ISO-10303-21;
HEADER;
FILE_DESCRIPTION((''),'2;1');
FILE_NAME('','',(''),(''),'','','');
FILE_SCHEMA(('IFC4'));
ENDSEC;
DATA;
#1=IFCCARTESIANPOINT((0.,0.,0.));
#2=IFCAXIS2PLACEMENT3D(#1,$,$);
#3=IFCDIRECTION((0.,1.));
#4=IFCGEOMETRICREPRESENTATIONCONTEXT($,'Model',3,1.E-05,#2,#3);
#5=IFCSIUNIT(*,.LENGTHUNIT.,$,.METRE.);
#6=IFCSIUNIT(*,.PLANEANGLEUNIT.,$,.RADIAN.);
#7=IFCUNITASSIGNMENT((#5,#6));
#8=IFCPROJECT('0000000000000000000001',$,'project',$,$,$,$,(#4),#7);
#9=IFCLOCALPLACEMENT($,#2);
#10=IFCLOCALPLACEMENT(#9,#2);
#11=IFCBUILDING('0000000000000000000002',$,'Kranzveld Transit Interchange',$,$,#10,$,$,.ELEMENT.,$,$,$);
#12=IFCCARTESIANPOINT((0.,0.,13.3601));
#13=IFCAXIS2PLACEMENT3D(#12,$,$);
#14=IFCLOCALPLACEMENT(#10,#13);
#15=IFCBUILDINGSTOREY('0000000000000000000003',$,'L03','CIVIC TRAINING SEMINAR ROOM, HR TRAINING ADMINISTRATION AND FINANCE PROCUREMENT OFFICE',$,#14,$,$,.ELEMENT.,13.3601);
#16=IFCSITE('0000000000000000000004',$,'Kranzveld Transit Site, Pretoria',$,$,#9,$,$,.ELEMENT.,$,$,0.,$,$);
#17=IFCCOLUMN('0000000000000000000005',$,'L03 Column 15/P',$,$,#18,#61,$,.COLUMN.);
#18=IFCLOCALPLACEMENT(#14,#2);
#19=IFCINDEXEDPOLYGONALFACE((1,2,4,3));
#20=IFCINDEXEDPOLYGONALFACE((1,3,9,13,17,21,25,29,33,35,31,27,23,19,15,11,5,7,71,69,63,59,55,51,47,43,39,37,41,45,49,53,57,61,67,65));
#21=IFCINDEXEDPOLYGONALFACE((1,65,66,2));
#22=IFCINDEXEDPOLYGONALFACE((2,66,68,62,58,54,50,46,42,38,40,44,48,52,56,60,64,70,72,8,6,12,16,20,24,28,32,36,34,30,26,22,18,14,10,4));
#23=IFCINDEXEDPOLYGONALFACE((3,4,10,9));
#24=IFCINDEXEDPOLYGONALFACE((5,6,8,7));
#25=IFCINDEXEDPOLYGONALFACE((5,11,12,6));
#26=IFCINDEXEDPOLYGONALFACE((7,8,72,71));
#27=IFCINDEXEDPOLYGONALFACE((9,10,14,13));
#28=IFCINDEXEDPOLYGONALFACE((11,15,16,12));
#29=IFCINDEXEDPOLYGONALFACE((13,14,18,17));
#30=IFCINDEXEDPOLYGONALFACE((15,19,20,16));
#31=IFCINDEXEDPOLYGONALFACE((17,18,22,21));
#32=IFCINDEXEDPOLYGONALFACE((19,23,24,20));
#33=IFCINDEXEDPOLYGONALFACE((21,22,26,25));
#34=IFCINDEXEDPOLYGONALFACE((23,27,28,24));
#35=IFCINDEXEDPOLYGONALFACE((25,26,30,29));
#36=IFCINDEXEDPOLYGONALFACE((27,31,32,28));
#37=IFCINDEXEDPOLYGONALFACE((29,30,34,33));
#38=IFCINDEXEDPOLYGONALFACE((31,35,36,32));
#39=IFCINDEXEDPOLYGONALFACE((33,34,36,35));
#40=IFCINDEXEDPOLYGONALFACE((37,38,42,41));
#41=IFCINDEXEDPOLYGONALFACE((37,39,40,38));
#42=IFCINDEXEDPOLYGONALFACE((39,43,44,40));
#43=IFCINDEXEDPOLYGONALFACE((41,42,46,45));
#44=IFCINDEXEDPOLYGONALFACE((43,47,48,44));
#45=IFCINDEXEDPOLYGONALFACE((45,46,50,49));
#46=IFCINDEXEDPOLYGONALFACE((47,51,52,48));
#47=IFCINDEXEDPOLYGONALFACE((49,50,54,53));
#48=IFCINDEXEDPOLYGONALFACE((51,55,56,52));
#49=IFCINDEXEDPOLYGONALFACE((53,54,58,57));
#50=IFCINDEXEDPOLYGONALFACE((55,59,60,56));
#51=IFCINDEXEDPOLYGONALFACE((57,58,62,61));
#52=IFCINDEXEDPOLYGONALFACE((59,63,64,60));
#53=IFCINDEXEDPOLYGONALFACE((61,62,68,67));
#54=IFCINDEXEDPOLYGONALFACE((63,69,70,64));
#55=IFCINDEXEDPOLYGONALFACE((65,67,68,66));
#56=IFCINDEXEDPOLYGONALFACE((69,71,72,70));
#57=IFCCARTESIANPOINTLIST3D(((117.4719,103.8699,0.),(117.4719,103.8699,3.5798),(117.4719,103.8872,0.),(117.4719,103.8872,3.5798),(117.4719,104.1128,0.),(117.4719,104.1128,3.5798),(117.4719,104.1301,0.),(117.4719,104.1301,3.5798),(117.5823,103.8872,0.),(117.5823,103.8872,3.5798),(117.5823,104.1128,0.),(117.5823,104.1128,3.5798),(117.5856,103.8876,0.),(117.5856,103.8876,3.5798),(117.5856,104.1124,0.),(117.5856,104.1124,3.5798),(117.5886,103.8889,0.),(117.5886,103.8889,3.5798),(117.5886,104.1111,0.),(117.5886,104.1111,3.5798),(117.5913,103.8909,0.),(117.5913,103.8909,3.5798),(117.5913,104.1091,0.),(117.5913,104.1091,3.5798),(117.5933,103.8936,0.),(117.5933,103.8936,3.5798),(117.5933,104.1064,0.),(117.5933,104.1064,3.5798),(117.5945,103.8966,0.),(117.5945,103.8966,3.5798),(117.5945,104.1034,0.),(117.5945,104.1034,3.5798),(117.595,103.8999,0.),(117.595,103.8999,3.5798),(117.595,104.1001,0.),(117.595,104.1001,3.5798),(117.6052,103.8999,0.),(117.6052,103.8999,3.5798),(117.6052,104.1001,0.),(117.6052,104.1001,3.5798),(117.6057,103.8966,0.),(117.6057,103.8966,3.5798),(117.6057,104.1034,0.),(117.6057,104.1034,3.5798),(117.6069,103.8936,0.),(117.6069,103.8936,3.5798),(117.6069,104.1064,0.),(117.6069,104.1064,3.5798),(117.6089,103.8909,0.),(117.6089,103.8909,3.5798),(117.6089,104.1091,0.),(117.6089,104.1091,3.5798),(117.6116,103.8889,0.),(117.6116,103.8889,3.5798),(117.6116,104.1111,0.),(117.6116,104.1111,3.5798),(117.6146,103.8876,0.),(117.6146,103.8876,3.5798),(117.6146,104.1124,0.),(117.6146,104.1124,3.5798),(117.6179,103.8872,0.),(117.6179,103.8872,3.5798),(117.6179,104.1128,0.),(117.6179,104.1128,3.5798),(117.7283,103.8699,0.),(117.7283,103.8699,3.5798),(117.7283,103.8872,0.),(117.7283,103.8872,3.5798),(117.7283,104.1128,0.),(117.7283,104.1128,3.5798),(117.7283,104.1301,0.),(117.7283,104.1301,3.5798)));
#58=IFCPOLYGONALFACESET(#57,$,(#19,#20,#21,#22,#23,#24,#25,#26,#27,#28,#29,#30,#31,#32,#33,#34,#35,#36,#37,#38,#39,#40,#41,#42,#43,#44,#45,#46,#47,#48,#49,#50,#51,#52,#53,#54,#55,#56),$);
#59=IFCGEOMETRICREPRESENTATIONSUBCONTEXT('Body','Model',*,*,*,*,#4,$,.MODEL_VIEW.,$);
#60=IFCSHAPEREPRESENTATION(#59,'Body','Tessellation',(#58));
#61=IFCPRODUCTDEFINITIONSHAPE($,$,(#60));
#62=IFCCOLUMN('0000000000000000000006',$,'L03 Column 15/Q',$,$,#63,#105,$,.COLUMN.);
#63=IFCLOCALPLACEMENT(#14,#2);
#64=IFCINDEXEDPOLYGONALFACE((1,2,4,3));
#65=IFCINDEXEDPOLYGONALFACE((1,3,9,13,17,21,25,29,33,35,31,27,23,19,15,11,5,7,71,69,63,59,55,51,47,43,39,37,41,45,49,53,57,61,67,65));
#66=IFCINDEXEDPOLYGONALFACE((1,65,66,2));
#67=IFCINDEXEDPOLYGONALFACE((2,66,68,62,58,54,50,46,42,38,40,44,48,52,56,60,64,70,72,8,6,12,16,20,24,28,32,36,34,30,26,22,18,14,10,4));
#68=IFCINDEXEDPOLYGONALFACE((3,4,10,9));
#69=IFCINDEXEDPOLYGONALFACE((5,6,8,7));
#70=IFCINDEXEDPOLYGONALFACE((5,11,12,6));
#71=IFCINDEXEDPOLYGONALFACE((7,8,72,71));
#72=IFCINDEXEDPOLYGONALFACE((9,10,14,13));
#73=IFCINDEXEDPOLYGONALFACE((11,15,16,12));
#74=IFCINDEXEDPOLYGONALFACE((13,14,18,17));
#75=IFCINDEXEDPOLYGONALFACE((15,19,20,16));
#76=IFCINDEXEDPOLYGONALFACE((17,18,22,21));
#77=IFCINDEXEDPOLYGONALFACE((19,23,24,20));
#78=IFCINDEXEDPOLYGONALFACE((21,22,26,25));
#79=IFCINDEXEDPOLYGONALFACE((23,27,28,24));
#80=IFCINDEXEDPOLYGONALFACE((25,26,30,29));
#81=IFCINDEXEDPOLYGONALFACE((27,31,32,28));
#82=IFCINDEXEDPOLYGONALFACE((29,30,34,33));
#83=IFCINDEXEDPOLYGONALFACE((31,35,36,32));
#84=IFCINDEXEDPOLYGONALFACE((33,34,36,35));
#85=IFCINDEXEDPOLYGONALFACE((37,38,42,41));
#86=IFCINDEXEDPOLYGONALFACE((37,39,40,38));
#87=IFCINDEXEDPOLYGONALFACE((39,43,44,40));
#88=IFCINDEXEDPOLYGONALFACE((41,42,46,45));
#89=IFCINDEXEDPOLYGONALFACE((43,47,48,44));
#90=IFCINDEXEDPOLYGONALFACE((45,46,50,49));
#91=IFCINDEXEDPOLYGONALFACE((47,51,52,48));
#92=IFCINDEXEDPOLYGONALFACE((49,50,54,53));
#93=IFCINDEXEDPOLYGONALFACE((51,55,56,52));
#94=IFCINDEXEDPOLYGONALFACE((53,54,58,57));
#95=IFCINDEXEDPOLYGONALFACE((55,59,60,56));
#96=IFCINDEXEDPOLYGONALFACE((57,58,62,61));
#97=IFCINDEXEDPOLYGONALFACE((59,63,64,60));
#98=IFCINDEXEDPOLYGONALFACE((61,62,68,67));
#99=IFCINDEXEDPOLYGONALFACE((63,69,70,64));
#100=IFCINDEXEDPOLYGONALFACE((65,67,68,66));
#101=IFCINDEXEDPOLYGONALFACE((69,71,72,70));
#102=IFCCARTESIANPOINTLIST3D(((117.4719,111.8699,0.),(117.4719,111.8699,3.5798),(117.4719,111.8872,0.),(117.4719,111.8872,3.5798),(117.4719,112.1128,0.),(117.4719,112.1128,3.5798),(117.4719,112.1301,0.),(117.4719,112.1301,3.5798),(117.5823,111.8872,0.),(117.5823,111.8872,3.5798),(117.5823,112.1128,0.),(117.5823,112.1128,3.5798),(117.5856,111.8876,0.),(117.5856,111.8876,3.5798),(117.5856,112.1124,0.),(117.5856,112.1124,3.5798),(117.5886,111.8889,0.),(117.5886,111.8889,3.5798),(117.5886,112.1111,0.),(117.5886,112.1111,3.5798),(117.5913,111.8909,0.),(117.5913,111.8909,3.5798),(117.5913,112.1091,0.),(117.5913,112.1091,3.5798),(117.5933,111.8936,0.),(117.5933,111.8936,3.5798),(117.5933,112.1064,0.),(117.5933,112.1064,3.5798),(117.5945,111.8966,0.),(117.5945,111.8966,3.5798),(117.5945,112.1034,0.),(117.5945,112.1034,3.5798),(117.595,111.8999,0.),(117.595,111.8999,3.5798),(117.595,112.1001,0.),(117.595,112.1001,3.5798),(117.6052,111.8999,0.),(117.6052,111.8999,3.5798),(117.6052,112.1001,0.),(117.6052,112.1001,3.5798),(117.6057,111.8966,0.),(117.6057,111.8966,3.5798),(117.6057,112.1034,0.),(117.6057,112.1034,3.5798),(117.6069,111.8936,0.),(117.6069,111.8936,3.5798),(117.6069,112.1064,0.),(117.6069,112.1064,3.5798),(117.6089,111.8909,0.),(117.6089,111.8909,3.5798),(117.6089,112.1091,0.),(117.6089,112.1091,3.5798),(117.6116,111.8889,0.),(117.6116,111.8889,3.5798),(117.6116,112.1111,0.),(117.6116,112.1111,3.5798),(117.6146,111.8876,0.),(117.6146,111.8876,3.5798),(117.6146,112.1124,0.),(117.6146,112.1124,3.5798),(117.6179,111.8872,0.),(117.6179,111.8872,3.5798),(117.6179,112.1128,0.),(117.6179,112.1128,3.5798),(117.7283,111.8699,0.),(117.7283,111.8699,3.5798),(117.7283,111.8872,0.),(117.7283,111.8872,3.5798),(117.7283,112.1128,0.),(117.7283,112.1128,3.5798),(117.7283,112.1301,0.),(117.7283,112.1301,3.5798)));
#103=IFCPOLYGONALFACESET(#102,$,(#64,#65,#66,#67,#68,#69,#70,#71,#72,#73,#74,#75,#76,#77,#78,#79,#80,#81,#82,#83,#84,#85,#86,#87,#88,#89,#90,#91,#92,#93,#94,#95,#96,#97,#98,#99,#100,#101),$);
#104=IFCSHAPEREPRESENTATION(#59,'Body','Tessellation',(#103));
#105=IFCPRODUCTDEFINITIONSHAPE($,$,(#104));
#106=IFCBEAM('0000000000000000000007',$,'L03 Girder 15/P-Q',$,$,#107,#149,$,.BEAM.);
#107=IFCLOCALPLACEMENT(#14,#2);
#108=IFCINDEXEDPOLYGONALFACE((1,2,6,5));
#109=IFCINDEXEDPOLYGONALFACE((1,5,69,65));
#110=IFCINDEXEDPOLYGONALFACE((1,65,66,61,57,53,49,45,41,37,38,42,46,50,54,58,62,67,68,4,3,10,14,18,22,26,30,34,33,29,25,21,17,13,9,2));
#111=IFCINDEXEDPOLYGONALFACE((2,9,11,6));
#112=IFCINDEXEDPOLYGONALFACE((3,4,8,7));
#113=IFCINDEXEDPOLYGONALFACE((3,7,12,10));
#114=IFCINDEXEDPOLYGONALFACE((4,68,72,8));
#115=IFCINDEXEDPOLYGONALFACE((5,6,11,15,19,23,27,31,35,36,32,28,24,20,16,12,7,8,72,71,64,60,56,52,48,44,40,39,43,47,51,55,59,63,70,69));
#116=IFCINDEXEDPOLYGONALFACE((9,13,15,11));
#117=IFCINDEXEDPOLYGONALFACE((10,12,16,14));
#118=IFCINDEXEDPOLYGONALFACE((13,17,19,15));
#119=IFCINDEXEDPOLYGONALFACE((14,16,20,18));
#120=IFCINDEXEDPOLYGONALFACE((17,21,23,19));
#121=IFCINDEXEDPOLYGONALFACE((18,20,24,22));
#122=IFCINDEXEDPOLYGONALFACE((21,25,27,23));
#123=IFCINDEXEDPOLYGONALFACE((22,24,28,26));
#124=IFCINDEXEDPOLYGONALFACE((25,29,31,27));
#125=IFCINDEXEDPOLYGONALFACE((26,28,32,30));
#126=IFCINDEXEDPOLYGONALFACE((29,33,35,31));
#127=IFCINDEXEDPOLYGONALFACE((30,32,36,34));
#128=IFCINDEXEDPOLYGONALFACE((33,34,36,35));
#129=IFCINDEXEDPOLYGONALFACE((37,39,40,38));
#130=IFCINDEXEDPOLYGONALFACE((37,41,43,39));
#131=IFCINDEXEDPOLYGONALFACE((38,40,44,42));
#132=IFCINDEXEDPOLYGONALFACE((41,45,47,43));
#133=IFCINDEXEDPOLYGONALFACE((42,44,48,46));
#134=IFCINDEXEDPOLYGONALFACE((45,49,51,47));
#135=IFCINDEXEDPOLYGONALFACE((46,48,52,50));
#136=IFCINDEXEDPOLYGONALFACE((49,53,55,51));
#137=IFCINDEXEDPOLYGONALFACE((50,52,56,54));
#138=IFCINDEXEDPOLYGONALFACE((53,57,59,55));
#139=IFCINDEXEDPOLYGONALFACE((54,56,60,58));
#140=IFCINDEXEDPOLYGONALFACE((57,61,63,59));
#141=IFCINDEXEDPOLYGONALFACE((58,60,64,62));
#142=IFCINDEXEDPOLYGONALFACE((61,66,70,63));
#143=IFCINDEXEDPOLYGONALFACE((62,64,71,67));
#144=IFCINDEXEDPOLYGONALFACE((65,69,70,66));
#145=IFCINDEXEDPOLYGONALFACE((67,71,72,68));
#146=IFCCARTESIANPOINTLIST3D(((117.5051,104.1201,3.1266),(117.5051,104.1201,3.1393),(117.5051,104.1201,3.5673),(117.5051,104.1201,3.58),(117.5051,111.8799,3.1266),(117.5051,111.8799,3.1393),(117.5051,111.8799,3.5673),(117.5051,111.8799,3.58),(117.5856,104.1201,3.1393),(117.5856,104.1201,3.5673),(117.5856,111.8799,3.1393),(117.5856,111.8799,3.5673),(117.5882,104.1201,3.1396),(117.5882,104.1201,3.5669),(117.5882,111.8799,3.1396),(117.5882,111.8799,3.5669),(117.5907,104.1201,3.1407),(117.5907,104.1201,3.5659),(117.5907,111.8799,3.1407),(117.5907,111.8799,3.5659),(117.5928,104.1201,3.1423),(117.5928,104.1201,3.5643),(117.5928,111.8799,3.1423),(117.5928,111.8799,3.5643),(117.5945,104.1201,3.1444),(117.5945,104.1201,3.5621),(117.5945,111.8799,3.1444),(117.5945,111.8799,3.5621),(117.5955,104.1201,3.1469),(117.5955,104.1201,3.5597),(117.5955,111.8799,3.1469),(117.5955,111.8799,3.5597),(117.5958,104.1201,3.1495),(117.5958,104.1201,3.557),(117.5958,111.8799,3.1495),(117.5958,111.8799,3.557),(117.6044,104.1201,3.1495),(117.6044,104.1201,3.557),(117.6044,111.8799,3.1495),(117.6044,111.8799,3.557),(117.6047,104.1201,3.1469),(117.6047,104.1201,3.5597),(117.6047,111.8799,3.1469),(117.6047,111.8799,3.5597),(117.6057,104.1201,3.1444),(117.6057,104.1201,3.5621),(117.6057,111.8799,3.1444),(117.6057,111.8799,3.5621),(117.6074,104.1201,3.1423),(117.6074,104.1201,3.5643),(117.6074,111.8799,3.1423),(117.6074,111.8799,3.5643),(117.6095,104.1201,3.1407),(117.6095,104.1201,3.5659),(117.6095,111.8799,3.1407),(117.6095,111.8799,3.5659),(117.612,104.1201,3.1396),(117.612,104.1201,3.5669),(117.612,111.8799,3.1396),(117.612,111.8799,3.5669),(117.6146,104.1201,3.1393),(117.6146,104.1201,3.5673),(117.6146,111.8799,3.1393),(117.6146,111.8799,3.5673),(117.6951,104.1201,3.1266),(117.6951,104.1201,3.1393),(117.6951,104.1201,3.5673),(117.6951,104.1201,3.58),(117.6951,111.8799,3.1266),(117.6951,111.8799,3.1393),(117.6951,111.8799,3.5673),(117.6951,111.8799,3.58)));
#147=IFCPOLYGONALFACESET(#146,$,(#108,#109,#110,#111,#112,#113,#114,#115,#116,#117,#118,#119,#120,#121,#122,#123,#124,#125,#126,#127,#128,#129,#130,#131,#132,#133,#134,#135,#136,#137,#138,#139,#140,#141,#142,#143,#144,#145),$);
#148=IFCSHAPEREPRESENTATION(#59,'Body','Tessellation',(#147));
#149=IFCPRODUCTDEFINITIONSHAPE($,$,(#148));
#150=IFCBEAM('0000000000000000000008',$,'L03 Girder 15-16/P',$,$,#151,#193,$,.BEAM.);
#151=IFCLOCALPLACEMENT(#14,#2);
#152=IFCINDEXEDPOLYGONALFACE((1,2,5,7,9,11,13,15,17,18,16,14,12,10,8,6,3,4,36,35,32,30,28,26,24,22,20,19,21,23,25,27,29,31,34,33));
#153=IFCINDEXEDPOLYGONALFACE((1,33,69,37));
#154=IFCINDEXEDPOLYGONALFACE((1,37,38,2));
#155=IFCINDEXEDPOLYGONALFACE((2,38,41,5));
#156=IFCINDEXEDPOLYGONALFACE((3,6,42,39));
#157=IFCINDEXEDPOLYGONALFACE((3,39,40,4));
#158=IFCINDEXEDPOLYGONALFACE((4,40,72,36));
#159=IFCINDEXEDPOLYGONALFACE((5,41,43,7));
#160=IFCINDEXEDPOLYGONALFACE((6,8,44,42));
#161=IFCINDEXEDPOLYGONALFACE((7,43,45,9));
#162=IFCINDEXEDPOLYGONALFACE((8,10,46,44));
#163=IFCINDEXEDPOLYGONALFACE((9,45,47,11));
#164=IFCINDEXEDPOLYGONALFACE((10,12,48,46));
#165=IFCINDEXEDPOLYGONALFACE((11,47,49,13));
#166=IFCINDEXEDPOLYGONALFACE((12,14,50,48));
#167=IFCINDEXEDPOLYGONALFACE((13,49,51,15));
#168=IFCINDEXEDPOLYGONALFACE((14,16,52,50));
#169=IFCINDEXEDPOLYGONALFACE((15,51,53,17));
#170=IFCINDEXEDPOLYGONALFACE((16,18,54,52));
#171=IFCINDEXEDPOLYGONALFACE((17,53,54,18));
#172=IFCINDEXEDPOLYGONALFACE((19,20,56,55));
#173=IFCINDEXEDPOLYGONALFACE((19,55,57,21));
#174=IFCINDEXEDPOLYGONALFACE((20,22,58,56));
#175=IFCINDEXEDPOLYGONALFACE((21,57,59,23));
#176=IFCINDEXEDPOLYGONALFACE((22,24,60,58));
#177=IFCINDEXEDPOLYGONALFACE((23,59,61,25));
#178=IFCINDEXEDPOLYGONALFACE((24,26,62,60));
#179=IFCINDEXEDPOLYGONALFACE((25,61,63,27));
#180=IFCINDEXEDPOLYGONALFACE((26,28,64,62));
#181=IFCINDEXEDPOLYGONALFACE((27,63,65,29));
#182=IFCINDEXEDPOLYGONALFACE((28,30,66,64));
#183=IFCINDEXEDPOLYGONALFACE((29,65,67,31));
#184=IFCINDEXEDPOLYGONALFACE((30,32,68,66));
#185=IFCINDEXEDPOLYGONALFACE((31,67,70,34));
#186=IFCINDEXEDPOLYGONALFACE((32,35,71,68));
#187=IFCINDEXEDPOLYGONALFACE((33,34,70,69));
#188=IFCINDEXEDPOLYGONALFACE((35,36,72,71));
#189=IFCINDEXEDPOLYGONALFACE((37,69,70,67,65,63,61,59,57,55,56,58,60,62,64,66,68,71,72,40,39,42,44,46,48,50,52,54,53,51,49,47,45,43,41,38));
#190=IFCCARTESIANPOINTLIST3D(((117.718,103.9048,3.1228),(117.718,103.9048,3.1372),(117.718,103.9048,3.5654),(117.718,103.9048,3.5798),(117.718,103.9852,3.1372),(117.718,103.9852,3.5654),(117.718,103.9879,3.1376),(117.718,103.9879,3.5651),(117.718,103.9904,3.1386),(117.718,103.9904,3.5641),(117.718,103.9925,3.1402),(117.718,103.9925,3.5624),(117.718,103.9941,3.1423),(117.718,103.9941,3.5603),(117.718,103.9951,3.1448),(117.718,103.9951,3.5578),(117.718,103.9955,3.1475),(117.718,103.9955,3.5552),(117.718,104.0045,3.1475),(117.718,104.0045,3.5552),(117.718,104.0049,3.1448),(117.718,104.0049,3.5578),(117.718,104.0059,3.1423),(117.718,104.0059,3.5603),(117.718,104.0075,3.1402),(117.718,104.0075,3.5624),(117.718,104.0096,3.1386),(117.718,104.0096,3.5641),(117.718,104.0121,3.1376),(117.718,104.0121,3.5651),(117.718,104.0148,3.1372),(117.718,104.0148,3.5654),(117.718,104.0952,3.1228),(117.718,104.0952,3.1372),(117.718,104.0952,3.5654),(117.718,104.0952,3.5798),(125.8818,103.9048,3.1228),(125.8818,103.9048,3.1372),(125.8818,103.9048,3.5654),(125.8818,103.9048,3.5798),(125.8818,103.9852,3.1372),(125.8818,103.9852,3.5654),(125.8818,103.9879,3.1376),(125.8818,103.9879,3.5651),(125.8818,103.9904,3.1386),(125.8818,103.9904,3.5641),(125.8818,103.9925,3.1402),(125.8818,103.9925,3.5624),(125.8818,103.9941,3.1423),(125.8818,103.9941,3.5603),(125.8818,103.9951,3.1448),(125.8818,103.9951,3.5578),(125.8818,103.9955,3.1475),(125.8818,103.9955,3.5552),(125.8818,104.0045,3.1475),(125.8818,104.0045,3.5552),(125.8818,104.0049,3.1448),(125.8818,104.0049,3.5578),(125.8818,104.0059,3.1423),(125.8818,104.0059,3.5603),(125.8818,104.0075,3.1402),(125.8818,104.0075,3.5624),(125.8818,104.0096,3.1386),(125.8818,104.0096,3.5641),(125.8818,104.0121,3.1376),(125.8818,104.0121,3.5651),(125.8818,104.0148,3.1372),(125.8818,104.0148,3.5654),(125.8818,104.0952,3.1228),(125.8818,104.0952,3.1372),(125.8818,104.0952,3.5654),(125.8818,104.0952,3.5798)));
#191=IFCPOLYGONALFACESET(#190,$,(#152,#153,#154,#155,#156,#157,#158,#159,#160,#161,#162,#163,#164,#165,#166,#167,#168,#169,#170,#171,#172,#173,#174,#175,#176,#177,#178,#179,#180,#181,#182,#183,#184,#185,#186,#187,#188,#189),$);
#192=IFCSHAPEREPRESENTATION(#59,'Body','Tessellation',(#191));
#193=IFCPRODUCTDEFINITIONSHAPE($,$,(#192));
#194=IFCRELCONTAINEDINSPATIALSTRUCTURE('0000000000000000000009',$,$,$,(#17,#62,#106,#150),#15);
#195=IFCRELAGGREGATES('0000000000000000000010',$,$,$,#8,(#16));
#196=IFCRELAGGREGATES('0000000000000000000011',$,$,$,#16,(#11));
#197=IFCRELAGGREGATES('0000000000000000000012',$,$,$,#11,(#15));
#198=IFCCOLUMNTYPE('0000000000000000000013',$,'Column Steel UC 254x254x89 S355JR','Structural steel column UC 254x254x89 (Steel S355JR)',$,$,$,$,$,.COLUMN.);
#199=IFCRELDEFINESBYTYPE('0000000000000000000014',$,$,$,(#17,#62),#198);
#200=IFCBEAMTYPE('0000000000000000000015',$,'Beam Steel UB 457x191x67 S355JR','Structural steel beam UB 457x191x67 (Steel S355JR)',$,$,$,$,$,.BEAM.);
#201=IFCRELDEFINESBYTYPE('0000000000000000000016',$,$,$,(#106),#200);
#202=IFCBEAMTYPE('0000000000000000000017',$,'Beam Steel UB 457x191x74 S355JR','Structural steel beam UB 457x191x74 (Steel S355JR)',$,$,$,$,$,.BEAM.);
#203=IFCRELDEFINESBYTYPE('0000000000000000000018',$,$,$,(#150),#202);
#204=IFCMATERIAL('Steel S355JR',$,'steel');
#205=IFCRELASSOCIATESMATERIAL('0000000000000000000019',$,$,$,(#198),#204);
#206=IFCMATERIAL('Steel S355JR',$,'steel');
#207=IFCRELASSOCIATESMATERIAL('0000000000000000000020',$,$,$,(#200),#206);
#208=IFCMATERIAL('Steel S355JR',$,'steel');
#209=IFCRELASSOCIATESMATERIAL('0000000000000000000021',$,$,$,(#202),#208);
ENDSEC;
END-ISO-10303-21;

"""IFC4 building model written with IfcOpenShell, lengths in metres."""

from ifc_helpers import new_model, si_unit, direction, frame, origin, origin_2d, place, context, subcontext, project, spatial, i_section, extrude, material, material_profile, profile_set, type_object, element, save


model = new_model("IFC4")

# Units and contexts
model_context = context("Model", 3, precision=1e-05, world=origin(), true_north=direction((0.0, 1.0)))
body_context = subcontext(model_context, "Body", "Model", "MODEL_VIEW")
ifc_project = project(units=[si_unit("LENGTHUNIT", "METRE"), si_unit("PLANEANGLEUNIT", "RADIAN")], contexts=[model_context])

# Site, building, storey
site_placement = place(None, origin())
site = spatial("IfcSite", under=ifc_project, at=site_placement, Name="Kranzveld Transit Site, Pretoria", CompositionType="ELEMENT", RefElevation=0.0)
building_placement = place(site_placement, origin())
building = spatial("IfcBuilding", under=site, at=building_placement, Name="Kranzveld Transit Interchange", CompositionType="ELEMENT")
storey_placement = place(building_placement, frame((0.0, 0.0, 13.3601)))
storey = spatial("IfcBuildingStorey", under=building, at=storey_placement, Name="L03", Description="CIVIC TRAINING SEMINAR ROOM, HR TRAINING ADMINISTRATION AND FINANCE PROCUREMENT OFFICE", CompositionType="ELEMENT", Elevation=13.3601)

# Columns
ifc_material_1 = material(Name="Steel S355JR", Category="steel")
ifc_material_profile_1 = material_profile(ifc_material_1, i_section(OverallWidth=0.2563, OverallDepth=0.2603, WebThickness=0.0103, FlangeThickness=0.0173, FilletRadius=0.0127, at=origin_2d()), Name="UC 254x254x89")
ifc_profile_set_1 = profile_set([ifc_material_profile_1], Name="Steel S355JR")
column_type = type_object("IfcColumnType", Name="Column Steel UC 254x254x89 S355JR", Description="Structural steel column UC 254x254x89 (Steel S355JR)", PredefinedType="COLUMN", material=ifc_profile_set_1)
for number, where, z_axis, x_axis, name in (
    (1, (117.6001, 104.0, 0.0), (0.0, 0.0, 1.0), (1.0, 0.0, 0.0), "L03 Column 15/P"),
    (2, (117.6001, 112.0, 0.0), (0.0, 0.0, 1.0), (1.0, 0.0, 0.0), "L03 Column 15/Q"),
):
    element("IfcColumn", number, at=place(storey_placement, frame(where, z_axis=z_axis, x_axis=x_axis)), inside=storey, type_object=column_type, Name=name, PredefinedType="COLUMN", context=body_context, shape_type="SweptSolid", body=[
        extrude(i_section(OverallWidth=0.2563, OverallDepth=0.2603, WebThickness=0.0103, FlangeThickness=0.0173, FilletRadius=0.0127, at=origin_2d()), origin(), (0.0, 0.0, 1.0), 3.5798),
    ])

# Beams
ifc_material_2 = material(Name="Steel S355JR", Category="steel")
ifc_material_profile_2 = material_profile(ifc_material_2, i_section(OverallWidth=0.1899, OverallDepth=0.4534, WebThickness=0.0085, FlangeThickness=0.0127, FilletRadius=0.0103, at=origin_2d()), Name="UB 457x191x67")
ifc_profile_set_2 = profile_set([ifc_material_profile_2], Name="Steel S355JR")
beam_type_1 = type_object("IfcBeamType", Name="Beam Steel UB 457x191x67 S355JR", Description="Structural steel beam UB 457x191x67 (Steel S355JR)", PredefinedType="BEAM", material=ifc_profile_set_2)
beam_1_placement = place(storey_placement, frame((117.6001, 104.1201, 3.3533), z_axis=(0.0, 1.0, 0.0), x_axis=(-1.0, 0.0, 0.0)))
element("IfcBeam", 3, at=beam_1_placement, inside=storey, type_object=beam_type_1, Name="L03 Girder 15/P-Q", PredefinedType="BEAM", context=body_context, shape_type="SweptSolid", body=[
    extrude(i_section(OverallWidth=0.1899, OverallDepth=0.4534, WebThickness=0.0085, FlangeThickness=0.0127, FilletRadius=0.0103, at=origin_2d()), origin(), (0.0, 0.0, 1.0), 7.7598),
])
ifc_material_3 = material(Name="Steel S355JR", Category="steel")
ifc_material_profile_3 = material_profile(ifc_material_3, i_section(OverallWidth=0.1904, OverallDepth=0.457, WebThickness=0.009, FlangeThickness=0.0144, FilletRadius=0.0103, at=origin_2d()), Name="UB 457x191x74")
ifc_profile_set_3 = profile_set([ifc_material_profile_3], Name="Steel S355JR")
beam_type_2 = type_object("IfcBeamType", Name="Beam Steel UB 457x191x74 S355JR", Description="Structural steel beam UB 457x191x74 (Steel S355JR)", PredefinedType="BEAM", material=ifc_profile_set_3)
beam_2_placement = place(storey_placement, frame((117.718, 104.0, 3.3513), z_axis=(1.0, 0.0, 0.0), x_axis=(0.0, 1.0, 0.0)))
element("IfcBeam", 4, at=beam_2_placement, inside=storey, type_object=beam_type_2, Name="L03 Girder 15-16/P", PredefinedType="BEAM", context=body_context, shape_type="SweptSolid", body=[
    extrude(i_section(OverallWidth=0.1904, OverallDepth=0.457, WebThickness=0.009, FlangeThickness=0.0144, FilletRadius=0.0103, at=origin_2d()), origin(), (0.0, 0.0, 1.0), 8.1638),
])

save(model, "model.ifc")
